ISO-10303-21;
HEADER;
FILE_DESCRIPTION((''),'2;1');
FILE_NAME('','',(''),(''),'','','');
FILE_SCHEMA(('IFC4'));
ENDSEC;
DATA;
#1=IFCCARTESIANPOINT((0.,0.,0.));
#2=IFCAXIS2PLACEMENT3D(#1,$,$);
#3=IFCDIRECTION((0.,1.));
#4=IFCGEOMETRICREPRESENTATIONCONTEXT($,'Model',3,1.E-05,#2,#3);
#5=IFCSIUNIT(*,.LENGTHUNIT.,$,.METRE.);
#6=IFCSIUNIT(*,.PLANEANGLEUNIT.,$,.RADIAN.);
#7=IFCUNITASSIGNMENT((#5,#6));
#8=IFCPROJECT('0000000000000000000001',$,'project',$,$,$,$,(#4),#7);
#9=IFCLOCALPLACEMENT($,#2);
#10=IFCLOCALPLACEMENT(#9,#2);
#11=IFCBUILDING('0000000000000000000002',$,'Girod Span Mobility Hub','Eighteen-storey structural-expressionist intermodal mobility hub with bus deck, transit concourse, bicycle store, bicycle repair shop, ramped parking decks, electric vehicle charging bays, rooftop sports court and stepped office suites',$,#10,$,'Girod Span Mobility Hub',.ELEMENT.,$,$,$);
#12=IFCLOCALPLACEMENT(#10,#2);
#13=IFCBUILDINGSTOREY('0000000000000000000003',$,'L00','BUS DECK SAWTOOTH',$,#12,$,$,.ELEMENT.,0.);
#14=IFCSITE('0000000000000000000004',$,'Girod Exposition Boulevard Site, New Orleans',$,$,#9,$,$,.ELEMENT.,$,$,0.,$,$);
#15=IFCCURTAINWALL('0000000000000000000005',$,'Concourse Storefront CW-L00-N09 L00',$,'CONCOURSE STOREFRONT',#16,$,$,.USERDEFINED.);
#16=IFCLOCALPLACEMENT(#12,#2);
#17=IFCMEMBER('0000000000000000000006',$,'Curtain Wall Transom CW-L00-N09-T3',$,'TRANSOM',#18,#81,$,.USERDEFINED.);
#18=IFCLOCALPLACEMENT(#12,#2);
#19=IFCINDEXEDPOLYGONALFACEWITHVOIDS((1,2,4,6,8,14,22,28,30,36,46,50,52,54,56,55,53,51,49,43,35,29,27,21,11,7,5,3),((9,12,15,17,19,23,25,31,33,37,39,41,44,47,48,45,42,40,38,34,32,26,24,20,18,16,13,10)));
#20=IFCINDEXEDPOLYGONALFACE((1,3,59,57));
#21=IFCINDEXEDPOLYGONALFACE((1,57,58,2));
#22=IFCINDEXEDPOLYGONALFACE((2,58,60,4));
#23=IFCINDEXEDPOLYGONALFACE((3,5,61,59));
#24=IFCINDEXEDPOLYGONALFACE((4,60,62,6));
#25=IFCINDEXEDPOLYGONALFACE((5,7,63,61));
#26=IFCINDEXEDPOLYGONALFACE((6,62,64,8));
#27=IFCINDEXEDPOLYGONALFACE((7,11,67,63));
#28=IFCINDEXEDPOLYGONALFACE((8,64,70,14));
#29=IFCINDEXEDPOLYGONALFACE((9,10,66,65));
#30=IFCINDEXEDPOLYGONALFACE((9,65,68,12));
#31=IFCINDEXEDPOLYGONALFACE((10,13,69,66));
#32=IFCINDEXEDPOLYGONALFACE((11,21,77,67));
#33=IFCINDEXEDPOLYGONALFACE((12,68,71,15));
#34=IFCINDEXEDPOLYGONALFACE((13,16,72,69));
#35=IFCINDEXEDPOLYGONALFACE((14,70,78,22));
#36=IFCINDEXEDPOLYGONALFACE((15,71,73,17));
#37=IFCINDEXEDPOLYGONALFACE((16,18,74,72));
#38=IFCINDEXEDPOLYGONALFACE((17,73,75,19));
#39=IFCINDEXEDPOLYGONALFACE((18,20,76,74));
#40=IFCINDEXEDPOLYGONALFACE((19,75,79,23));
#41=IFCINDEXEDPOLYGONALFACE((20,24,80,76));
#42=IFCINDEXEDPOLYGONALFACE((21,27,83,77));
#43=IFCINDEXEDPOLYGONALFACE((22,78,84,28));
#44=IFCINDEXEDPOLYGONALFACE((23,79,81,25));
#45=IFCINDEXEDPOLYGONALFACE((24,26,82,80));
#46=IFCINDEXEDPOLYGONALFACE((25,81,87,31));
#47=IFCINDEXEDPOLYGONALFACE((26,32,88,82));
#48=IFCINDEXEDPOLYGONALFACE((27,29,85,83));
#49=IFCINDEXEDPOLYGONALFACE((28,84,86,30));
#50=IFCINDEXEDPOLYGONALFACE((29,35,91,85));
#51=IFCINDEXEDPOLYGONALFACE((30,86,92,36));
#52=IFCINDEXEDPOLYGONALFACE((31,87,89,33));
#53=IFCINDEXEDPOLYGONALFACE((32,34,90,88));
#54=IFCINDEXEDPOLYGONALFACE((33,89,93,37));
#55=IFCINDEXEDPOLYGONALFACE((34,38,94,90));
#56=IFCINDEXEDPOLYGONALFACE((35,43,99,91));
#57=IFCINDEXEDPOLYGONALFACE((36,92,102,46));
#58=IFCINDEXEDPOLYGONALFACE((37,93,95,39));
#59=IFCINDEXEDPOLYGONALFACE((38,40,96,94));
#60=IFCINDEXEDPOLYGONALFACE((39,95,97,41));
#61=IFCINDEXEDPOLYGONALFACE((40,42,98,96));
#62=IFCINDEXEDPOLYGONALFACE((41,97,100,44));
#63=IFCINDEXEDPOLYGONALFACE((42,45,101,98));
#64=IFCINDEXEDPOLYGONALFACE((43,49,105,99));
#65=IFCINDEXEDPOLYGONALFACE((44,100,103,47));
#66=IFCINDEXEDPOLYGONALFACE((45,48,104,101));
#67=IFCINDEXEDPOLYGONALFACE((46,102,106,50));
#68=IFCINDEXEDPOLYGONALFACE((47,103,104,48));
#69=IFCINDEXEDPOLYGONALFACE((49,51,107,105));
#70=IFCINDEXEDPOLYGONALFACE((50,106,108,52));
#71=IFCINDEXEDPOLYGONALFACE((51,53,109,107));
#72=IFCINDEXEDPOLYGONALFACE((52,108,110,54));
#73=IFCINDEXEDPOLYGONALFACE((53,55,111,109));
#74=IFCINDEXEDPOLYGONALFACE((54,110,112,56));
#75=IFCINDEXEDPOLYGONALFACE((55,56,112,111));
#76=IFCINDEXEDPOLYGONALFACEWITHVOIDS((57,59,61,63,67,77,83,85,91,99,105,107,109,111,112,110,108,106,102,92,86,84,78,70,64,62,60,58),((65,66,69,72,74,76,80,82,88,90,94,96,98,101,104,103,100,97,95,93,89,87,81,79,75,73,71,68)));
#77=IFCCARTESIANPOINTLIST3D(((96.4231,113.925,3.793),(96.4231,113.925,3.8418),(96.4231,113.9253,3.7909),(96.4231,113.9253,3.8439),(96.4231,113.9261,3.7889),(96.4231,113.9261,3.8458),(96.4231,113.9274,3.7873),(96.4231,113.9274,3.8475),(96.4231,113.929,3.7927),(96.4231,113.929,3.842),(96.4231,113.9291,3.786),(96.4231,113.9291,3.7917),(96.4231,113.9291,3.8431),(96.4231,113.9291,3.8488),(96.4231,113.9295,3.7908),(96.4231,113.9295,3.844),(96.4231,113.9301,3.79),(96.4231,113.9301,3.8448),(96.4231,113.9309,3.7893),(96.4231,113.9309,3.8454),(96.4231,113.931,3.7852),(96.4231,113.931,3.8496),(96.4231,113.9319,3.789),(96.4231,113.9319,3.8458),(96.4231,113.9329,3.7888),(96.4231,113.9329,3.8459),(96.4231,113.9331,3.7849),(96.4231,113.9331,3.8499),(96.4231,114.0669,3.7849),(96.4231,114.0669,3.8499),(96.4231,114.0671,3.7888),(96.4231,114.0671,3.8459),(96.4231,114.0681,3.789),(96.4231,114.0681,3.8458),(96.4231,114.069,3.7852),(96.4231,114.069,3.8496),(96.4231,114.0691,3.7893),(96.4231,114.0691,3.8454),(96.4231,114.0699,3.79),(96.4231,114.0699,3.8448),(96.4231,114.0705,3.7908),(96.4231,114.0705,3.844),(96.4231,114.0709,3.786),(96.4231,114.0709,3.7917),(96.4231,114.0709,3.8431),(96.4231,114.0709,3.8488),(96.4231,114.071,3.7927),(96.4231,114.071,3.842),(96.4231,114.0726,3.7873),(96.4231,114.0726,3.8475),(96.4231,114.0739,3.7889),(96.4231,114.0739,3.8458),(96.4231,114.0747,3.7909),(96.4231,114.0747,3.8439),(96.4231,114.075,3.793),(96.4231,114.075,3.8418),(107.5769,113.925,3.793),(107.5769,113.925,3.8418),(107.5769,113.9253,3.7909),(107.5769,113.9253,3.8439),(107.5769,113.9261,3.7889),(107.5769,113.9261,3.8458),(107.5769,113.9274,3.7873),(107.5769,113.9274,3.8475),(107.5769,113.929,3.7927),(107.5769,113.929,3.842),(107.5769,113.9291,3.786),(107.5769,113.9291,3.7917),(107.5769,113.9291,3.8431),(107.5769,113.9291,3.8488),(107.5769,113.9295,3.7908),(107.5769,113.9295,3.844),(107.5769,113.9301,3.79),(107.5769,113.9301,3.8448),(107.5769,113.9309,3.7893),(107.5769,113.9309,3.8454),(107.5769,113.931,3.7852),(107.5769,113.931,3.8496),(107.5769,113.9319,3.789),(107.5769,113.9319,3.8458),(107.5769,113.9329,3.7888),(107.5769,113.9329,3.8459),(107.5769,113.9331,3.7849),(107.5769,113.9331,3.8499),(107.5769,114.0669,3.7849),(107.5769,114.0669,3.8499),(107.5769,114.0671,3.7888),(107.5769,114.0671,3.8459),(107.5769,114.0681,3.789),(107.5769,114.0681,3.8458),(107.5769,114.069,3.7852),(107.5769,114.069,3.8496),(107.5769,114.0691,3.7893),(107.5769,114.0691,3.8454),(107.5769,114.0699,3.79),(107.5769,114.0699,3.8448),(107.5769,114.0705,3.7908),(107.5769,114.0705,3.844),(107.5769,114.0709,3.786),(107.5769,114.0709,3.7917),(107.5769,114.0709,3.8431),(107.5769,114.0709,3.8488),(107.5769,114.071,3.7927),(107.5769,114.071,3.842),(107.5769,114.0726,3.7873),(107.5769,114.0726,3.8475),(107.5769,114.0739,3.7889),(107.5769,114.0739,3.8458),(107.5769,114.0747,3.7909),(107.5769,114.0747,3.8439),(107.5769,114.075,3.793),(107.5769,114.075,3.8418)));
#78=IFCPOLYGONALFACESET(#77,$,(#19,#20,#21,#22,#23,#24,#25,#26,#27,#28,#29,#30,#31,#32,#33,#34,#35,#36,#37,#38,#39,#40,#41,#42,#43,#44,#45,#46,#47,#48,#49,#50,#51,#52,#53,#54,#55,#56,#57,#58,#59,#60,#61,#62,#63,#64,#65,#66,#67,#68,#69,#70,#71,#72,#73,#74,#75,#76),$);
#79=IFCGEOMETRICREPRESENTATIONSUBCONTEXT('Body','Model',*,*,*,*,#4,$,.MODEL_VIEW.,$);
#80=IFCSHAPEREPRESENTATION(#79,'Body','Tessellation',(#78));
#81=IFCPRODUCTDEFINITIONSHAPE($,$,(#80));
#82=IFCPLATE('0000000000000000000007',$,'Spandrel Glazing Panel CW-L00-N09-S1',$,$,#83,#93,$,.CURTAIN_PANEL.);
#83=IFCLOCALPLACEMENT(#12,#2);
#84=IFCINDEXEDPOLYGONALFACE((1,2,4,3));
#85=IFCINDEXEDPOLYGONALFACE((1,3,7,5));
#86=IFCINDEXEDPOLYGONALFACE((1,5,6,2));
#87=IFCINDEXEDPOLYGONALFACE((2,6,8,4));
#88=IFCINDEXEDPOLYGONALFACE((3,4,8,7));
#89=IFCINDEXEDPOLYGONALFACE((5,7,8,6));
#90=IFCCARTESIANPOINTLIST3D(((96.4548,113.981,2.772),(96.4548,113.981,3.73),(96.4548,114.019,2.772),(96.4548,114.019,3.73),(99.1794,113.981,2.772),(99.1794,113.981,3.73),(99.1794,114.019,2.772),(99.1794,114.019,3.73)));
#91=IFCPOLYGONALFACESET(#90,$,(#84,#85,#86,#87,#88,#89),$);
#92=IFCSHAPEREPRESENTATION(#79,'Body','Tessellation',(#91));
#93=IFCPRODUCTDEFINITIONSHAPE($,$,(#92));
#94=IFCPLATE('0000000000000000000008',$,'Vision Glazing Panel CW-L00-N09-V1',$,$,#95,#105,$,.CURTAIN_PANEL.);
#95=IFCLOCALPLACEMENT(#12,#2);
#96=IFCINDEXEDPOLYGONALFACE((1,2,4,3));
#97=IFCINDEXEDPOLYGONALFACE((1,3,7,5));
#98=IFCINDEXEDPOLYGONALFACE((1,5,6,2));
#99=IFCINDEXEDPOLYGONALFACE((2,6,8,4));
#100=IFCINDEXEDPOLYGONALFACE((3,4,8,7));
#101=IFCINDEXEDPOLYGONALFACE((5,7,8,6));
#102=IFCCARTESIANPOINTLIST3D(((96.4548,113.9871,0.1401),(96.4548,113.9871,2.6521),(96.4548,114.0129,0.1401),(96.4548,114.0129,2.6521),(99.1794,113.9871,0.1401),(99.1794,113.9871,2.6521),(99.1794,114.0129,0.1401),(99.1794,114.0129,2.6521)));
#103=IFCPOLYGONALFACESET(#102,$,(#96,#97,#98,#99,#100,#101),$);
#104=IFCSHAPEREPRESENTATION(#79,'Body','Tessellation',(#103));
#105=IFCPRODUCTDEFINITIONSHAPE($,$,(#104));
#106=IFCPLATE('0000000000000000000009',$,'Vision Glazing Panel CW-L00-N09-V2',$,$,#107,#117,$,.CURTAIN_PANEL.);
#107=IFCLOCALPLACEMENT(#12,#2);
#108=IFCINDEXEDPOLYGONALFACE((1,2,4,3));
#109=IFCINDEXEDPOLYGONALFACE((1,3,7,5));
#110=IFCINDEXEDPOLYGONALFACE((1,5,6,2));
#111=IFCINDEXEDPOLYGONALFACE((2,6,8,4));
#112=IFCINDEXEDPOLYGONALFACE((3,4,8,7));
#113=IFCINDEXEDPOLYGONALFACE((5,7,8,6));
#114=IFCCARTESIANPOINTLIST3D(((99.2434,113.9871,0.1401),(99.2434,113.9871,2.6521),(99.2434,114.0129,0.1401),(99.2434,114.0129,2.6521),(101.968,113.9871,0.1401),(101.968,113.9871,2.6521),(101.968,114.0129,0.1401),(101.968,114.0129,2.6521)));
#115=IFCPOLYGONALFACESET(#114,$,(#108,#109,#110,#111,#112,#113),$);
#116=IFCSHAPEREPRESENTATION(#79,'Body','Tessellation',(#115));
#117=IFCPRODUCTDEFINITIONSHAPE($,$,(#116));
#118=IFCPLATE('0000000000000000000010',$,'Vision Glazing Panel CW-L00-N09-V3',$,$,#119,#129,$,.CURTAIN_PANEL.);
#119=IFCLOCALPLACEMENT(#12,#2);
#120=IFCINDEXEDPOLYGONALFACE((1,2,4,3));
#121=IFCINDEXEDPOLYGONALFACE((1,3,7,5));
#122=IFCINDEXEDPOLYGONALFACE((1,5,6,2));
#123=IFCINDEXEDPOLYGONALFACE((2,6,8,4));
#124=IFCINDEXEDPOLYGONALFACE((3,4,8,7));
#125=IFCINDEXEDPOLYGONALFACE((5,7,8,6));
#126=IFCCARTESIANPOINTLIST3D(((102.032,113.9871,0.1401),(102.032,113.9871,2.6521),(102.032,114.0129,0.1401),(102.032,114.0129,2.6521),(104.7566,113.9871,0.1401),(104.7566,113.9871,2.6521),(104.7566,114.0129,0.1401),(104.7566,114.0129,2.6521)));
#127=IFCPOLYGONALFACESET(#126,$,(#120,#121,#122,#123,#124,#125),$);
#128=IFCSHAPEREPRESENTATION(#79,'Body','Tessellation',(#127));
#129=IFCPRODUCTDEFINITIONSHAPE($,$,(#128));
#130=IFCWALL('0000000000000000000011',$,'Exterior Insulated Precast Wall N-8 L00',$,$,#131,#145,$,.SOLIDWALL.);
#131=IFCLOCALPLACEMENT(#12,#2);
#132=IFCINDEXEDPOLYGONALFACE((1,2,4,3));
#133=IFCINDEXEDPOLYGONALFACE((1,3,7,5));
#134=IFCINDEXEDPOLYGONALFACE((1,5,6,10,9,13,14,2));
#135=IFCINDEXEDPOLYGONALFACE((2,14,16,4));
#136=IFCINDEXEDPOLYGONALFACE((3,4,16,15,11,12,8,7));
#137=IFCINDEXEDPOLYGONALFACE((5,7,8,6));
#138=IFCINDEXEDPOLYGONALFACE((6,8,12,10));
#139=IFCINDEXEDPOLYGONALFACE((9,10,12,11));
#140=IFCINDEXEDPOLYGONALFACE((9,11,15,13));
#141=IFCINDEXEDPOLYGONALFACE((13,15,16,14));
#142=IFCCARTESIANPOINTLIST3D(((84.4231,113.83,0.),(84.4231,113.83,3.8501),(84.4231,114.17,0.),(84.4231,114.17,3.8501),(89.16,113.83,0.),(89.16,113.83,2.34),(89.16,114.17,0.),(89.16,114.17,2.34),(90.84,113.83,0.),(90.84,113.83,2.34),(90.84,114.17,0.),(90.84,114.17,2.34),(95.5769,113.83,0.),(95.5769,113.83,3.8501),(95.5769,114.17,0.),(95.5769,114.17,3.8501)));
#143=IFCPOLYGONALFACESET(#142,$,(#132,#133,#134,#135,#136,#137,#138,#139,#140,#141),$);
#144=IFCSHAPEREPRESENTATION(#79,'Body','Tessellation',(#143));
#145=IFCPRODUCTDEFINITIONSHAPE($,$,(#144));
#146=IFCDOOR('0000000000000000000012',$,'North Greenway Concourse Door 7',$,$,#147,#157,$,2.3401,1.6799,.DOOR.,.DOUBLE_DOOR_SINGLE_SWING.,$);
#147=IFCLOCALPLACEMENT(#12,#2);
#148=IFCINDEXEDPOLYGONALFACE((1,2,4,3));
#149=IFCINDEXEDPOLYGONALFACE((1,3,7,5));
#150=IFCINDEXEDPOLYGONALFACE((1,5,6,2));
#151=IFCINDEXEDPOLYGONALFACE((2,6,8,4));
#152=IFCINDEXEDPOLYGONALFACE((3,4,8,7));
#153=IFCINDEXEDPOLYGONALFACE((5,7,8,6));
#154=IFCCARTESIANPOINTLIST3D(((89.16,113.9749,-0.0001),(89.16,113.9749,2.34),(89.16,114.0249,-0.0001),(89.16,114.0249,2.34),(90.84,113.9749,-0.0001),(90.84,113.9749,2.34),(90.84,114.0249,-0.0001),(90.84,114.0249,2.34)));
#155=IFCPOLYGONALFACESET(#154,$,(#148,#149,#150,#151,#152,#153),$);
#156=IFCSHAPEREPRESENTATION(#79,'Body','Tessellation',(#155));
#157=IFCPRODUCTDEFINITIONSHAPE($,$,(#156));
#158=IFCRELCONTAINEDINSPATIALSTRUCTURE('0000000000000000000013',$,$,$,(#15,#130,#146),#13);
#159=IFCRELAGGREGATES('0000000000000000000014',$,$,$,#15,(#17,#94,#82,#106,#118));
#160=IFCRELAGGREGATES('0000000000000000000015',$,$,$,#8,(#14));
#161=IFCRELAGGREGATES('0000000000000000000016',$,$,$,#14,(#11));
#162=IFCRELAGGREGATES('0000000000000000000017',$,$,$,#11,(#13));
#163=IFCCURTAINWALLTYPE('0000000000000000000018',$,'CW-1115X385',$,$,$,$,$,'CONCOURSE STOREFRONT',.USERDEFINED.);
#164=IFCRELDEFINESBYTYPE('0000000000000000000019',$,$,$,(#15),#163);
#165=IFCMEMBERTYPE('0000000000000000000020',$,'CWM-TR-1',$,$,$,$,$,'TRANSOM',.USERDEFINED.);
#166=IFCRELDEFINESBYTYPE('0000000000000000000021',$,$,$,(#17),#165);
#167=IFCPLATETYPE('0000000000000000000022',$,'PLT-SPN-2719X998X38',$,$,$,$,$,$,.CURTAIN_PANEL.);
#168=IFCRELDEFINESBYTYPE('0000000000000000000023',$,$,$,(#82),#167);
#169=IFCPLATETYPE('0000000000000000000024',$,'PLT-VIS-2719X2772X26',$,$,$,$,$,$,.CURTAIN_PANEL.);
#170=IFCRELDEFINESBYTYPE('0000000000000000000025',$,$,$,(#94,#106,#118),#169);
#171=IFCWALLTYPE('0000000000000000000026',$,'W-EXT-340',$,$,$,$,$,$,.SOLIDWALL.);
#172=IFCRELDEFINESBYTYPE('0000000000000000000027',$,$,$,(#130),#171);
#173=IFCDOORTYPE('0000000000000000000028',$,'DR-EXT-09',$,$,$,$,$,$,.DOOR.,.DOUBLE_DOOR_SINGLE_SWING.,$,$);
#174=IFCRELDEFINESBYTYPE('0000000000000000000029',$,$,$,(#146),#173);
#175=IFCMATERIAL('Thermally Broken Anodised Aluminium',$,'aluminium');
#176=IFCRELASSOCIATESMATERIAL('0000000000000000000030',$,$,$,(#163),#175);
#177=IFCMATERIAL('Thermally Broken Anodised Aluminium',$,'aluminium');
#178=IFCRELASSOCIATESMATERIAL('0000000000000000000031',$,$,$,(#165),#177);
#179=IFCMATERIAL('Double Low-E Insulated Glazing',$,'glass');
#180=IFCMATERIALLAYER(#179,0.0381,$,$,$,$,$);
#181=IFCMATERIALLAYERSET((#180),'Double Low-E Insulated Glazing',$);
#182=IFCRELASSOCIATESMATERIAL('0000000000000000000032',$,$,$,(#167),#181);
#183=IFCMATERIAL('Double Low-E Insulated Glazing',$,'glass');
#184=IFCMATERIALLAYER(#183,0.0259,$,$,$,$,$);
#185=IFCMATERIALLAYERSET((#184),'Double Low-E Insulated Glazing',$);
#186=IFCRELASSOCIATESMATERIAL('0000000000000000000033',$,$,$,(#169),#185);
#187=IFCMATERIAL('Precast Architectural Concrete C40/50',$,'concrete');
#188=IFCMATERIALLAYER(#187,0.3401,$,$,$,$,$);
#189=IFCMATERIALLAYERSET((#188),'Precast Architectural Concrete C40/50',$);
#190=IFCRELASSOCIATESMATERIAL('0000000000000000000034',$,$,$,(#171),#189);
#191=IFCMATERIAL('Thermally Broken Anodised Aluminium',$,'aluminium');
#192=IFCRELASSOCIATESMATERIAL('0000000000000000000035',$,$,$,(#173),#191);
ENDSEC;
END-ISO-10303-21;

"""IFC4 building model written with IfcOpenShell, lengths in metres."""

from ifc_helpers import new_model, si_unit, direction, frame, frame_2d, origin, origin_2d, place, context, subcontext, project, spatial, rectangle, hollow_rectangle, extrude, material, layer, layer_set, material_profile, profile_set, type_object, element, fill, aggregate, save


model = new_model("IFC4")

# Units and contexts
model_context = context("Model", 3, precision=1e-05, world=origin(), true_north=direction((0.0, 1.0)))
body_context = subcontext(model_context, "Body", "Model", "MODEL_VIEW")
ifc_project = project(units=[si_unit("LENGTHUNIT", "METRE"), si_unit("PLANEANGLEUNIT", "RADIAN")], contexts=[model_context])

# Site, building, storey
site_placement = place(None, origin())
site = spatial("IfcSite", under=ifc_project, at=site_placement, Name="Girod Exposition Boulevard Site, New Orleans", CompositionType="ELEMENT", RefElevation=0.0)
building_placement = place(site_placement, origin())
building = spatial("IfcBuilding", under=site, at=building_placement, Name="Girod Span Mobility Hub", Description="Eighteen-storey structural-expressionist intermodal mobility hub with bus deck, transit concourse, bicycle store, bicycle repair shop, ramped parking decks, electric vehicle charging bays, rooftop sports court and stepped office suites", LongName="Girod Span Mobility Hub", CompositionType="ELEMENT")
storey_placement = place(building_placement, origin())
storey = spatial("IfcBuildingStorey", under=building, at=storey_placement, Name="L00", Description="BUS DECK SAWTOOTH", CompositionType="ELEMENT", Elevation=0.0)

# Curtain wall, member, plates
ifc_material_1 = material(Name="Thermally Broken Anodised Aluminium", Category="aluminium")
curtain_wall_type = type_object("IfcCurtainWallType", Name="CW-1115X385", ElementType="CONCOURSE STOREFRONT", PredefinedType="USERDEFINED", material=ifc_material_1)
curtain_wall_placement = place(storey_placement, origin())
curtain_wall = element("IfcCurtainWall", 1, at=curtain_wall_placement, inside=storey, type_object=curtain_wall_type, Name="Concourse Storefront CW-L00-N09 L00", ObjectType="CONCOURSE STOREFRONT", PredefinedType="USERDEFINED")
ifc_material_2 = material(Name="Thermally Broken Anodised Aluminium", Category="aluminium")
ifc_material_profile_1 = material_profile(ifc_material_2, hollow_rectangle(XDim=0.1499, YDim=0.0649, WallThickness=0.0039, InnerFilletRadius=0.0039, OuterFilletRadius=0.0081, at=origin_2d()), Name="CW-TR-65X150")
ifc_profile_set_1 = profile_set([ifc_material_profile_1], Name="Thermally Broken Anodised Aluminium")
member_type_1 = type_object("IfcMemberType", Name="CWM-TR-1", ElementType="TRANSOM", PredefinedType="USERDEFINED", material=ifc_profile_set_1)
member_1_placement = place(storey_placement, frame((96.4231, 114.0, 3.8174), z_axis=(1.0, 0.0, 0.0), x_axis=(0.0, 1.0, 0.0)))
member_1 = element("IfcMember", 2, at=member_1_placement, type_object=member_type_1, Name="Curtain Wall Transom CW-L00-N09-T3", ObjectType="TRANSOM", PredefinedType="USERDEFINED", context=body_context, shape_type="SweptSolid", body=[
    extrude(hollow_rectangle(XDim=0.1499, YDim=0.0649, WallThickness=0.0039, InnerFilletRadius=0.0039, OuterFilletRadius=0.0081, at=origin_2d()), origin(), (0.0, 0.0, 1.0), 11.1538),
])
ifc_material_3 = material(Name="Double Low-E Insulated Glazing", Category="glass")
ifc_layer_1 = layer(ifc_material_3, 0.0381)
ifc_layer_set_1 = layer_set([ifc_layer_1], Name="Double Low-E Insulated Glazing")
plate_type_1 = type_object("IfcPlateType", Name="PLT-SPN-2719X998X38", PredefinedType="CURTAIN_PANEL", material=ifc_layer_set_1)
plate_1_placement = place(storey_placement, frame((97.8171, 114.0, 2.772), z_axis=(0.0, 0.0, 1.0), x_axis=(1.0, 0.0, 0.0)))
plate_1 = element("IfcPlate", 3, at=plate_1_placement, type_object=plate_type_1, Name="Spandrel Glazing Panel CW-L00-N09-S1", PredefinedType="CURTAIN_PANEL", context=body_context, shape_type="SweptSolid", body=[
    extrude(rectangle(XDim=2.7246, YDim=0.0381, at=origin_2d()), origin(), (0.0, 0.0, 1.0), 0.958),
])
ifc_material_4 = material(Name="Double Low-E Insulated Glazing", Category="glass")
ifc_layer_2 = layer(ifc_material_4, 0.0259)
ifc_layer_set_2 = layer_set([ifc_layer_2], Name="Double Low-E Insulated Glazing")
plate_type_2 = type_object("IfcPlateType", Name="PLT-VIS-2719X2772X26", PredefinedType="CURTAIN_PANEL", material=ifc_layer_set_2)
plate_2_placement = place(storey_placement, frame((97.8171, 114.0, 0.1401), z_axis=(0.0, 0.0, 1.0), x_axis=(1.0, 0.0, 0.0)))
plate_2 = element("IfcPlate", 4, at=plate_2_placement, type_object=plate_type_2, Name="Vision Glazing Panel CW-L00-N09-V1", PredefinedType="CURTAIN_PANEL", context=body_context, shape_type="SweptSolid", body=[
    extrude(rectangle(XDim=2.7246, YDim=0.0259, at=origin_2d()), origin(), (0.0, 0.0, 1.0), 2.512),
])
plate_3_placement = place(storey_placement, frame((100.6057, 114.0, 0.1401), z_axis=(0.0, 0.0, 1.0), x_axis=(1.0, 0.0, 0.0)))
plate_3 = element("IfcPlate", 5, at=plate_3_placement, type_object=plate_type_2, Name="Vision Glazing Panel CW-L00-N09-V2", PredefinedType="CURTAIN_PANEL", context=body_context, shape_type="SweptSolid", body=[
    extrude(rectangle(XDim=2.7246, YDim=0.0259, at=origin_2d()), origin(), (0.0, 0.0, 1.0), 2.512),
])
plate_4_placement = place(storey_placement, frame((103.3943, 114.0, 0.1401), z_axis=(0.0, 0.0, 1.0), x_axis=(1.0, 0.0, 0.0)))
plate_4 = element("IfcPlate", 6, at=plate_4_placement, type_object=plate_type_2, Name="Vision Glazing Panel CW-L00-N09-V3", PredefinedType="CURTAIN_PANEL", context=body_context, shape_type="SweptSolid", body=[
    extrude(rectangle(XDim=2.7246, YDim=0.0259, at=origin_2d()), origin(), (0.0, 0.0, 1.0), 2.512),
])
aggregate(curtain_wall, [member_1, plate_2, plate_1, plate_3, plate_4])

# Wall, opening, door
ifc_material_5 = material(Name="Precast Architectural Concrete C40/50", Category="concrete")
ifc_layer_3 = layer(ifc_material_5, 0.3401)
ifc_layer_set_3 = layer_set([ifc_layer_3], Name="Precast Architectural Concrete C40/50")
wall_type = type_object("IfcWallType", Name="W-EXT-340", PredefinedType="SOLIDWALL", material=ifc_layer_set_3)
wall_placement = place(storey_placement, frame((84.4231, 114.0, 0.0), z_axis=(0.0, 0.0, 1.0), x_axis=(1.0, 0.0, 0.0)))
wall = element("IfcWall", 7, at=wall_placement, inside=storey, type_object=wall_type, Name="Exterior Insulated Precast Wall N-8 L00", PredefinedType="SOLIDWALL", context=body_context, shape_type="SweptSolid", body=[
    extrude(rectangle(XDim=11.1538, YDim=0.3401, at=frame_2d((5.5769, 0.0))), origin(), (0.0, 0.0, 1.0), 3.8501),
])
opening_placement = place(wall_placement, frame((4.7371, 0.0, 0.0)))
opening = element("IfcOpeningElement", 8, at=opening_placement, cuts=wall, PredefinedType="OPENING", context=body_context, shape_type="SweptSolid", body=[
    extrude(rectangle(XDim=1.6799, YDim=2.3401, at=frame_2d((0.8398, 1.1699))), frame((0.0, 0.1851, 0.0), z_axis=(0.0, -1.0, 0.0), x_axis=(1.0, 0.0, 0.0)), (0.0, 0.0, 1.0), 0.3701),
])
ifc_material_6 = material(Name="Thermally Broken Anodised Aluminium", Category="aluminium")
door_type = type_object("IfcDoorType", Name="DR-EXT-09", OperationType="DOUBLE_DOOR_SINGLE_SWING", PredefinedType="DOOR", material=ifc_material_6)
door_placement = place(opening_placement, origin())
door = element("IfcDoor", 9, at=door_placement, inside=storey, type_object=door_type, Name="North Greenway Concourse Door 7", OperationType="DOUBLE_DOOR_SINGLE_SWING", OverallHeight=2.3401, OverallWidth=1.6799, PredefinedType="DOOR", context=body_context, shape_type="SweptSolid", body=[
    extrude(rectangle(XDim=1.6799, YDim=2.3401, at=frame_2d((0.8398, 1.1699))), frame((0.0, 0.0249, 0.0), z_axis=(0.0, -1.0, 0.0), x_axis=(1.0, 0.0, 0.0)), (0.0, 0.0, 1.0), 0.05),
])
fill(opening, door)

save(model, "model.ifc")
